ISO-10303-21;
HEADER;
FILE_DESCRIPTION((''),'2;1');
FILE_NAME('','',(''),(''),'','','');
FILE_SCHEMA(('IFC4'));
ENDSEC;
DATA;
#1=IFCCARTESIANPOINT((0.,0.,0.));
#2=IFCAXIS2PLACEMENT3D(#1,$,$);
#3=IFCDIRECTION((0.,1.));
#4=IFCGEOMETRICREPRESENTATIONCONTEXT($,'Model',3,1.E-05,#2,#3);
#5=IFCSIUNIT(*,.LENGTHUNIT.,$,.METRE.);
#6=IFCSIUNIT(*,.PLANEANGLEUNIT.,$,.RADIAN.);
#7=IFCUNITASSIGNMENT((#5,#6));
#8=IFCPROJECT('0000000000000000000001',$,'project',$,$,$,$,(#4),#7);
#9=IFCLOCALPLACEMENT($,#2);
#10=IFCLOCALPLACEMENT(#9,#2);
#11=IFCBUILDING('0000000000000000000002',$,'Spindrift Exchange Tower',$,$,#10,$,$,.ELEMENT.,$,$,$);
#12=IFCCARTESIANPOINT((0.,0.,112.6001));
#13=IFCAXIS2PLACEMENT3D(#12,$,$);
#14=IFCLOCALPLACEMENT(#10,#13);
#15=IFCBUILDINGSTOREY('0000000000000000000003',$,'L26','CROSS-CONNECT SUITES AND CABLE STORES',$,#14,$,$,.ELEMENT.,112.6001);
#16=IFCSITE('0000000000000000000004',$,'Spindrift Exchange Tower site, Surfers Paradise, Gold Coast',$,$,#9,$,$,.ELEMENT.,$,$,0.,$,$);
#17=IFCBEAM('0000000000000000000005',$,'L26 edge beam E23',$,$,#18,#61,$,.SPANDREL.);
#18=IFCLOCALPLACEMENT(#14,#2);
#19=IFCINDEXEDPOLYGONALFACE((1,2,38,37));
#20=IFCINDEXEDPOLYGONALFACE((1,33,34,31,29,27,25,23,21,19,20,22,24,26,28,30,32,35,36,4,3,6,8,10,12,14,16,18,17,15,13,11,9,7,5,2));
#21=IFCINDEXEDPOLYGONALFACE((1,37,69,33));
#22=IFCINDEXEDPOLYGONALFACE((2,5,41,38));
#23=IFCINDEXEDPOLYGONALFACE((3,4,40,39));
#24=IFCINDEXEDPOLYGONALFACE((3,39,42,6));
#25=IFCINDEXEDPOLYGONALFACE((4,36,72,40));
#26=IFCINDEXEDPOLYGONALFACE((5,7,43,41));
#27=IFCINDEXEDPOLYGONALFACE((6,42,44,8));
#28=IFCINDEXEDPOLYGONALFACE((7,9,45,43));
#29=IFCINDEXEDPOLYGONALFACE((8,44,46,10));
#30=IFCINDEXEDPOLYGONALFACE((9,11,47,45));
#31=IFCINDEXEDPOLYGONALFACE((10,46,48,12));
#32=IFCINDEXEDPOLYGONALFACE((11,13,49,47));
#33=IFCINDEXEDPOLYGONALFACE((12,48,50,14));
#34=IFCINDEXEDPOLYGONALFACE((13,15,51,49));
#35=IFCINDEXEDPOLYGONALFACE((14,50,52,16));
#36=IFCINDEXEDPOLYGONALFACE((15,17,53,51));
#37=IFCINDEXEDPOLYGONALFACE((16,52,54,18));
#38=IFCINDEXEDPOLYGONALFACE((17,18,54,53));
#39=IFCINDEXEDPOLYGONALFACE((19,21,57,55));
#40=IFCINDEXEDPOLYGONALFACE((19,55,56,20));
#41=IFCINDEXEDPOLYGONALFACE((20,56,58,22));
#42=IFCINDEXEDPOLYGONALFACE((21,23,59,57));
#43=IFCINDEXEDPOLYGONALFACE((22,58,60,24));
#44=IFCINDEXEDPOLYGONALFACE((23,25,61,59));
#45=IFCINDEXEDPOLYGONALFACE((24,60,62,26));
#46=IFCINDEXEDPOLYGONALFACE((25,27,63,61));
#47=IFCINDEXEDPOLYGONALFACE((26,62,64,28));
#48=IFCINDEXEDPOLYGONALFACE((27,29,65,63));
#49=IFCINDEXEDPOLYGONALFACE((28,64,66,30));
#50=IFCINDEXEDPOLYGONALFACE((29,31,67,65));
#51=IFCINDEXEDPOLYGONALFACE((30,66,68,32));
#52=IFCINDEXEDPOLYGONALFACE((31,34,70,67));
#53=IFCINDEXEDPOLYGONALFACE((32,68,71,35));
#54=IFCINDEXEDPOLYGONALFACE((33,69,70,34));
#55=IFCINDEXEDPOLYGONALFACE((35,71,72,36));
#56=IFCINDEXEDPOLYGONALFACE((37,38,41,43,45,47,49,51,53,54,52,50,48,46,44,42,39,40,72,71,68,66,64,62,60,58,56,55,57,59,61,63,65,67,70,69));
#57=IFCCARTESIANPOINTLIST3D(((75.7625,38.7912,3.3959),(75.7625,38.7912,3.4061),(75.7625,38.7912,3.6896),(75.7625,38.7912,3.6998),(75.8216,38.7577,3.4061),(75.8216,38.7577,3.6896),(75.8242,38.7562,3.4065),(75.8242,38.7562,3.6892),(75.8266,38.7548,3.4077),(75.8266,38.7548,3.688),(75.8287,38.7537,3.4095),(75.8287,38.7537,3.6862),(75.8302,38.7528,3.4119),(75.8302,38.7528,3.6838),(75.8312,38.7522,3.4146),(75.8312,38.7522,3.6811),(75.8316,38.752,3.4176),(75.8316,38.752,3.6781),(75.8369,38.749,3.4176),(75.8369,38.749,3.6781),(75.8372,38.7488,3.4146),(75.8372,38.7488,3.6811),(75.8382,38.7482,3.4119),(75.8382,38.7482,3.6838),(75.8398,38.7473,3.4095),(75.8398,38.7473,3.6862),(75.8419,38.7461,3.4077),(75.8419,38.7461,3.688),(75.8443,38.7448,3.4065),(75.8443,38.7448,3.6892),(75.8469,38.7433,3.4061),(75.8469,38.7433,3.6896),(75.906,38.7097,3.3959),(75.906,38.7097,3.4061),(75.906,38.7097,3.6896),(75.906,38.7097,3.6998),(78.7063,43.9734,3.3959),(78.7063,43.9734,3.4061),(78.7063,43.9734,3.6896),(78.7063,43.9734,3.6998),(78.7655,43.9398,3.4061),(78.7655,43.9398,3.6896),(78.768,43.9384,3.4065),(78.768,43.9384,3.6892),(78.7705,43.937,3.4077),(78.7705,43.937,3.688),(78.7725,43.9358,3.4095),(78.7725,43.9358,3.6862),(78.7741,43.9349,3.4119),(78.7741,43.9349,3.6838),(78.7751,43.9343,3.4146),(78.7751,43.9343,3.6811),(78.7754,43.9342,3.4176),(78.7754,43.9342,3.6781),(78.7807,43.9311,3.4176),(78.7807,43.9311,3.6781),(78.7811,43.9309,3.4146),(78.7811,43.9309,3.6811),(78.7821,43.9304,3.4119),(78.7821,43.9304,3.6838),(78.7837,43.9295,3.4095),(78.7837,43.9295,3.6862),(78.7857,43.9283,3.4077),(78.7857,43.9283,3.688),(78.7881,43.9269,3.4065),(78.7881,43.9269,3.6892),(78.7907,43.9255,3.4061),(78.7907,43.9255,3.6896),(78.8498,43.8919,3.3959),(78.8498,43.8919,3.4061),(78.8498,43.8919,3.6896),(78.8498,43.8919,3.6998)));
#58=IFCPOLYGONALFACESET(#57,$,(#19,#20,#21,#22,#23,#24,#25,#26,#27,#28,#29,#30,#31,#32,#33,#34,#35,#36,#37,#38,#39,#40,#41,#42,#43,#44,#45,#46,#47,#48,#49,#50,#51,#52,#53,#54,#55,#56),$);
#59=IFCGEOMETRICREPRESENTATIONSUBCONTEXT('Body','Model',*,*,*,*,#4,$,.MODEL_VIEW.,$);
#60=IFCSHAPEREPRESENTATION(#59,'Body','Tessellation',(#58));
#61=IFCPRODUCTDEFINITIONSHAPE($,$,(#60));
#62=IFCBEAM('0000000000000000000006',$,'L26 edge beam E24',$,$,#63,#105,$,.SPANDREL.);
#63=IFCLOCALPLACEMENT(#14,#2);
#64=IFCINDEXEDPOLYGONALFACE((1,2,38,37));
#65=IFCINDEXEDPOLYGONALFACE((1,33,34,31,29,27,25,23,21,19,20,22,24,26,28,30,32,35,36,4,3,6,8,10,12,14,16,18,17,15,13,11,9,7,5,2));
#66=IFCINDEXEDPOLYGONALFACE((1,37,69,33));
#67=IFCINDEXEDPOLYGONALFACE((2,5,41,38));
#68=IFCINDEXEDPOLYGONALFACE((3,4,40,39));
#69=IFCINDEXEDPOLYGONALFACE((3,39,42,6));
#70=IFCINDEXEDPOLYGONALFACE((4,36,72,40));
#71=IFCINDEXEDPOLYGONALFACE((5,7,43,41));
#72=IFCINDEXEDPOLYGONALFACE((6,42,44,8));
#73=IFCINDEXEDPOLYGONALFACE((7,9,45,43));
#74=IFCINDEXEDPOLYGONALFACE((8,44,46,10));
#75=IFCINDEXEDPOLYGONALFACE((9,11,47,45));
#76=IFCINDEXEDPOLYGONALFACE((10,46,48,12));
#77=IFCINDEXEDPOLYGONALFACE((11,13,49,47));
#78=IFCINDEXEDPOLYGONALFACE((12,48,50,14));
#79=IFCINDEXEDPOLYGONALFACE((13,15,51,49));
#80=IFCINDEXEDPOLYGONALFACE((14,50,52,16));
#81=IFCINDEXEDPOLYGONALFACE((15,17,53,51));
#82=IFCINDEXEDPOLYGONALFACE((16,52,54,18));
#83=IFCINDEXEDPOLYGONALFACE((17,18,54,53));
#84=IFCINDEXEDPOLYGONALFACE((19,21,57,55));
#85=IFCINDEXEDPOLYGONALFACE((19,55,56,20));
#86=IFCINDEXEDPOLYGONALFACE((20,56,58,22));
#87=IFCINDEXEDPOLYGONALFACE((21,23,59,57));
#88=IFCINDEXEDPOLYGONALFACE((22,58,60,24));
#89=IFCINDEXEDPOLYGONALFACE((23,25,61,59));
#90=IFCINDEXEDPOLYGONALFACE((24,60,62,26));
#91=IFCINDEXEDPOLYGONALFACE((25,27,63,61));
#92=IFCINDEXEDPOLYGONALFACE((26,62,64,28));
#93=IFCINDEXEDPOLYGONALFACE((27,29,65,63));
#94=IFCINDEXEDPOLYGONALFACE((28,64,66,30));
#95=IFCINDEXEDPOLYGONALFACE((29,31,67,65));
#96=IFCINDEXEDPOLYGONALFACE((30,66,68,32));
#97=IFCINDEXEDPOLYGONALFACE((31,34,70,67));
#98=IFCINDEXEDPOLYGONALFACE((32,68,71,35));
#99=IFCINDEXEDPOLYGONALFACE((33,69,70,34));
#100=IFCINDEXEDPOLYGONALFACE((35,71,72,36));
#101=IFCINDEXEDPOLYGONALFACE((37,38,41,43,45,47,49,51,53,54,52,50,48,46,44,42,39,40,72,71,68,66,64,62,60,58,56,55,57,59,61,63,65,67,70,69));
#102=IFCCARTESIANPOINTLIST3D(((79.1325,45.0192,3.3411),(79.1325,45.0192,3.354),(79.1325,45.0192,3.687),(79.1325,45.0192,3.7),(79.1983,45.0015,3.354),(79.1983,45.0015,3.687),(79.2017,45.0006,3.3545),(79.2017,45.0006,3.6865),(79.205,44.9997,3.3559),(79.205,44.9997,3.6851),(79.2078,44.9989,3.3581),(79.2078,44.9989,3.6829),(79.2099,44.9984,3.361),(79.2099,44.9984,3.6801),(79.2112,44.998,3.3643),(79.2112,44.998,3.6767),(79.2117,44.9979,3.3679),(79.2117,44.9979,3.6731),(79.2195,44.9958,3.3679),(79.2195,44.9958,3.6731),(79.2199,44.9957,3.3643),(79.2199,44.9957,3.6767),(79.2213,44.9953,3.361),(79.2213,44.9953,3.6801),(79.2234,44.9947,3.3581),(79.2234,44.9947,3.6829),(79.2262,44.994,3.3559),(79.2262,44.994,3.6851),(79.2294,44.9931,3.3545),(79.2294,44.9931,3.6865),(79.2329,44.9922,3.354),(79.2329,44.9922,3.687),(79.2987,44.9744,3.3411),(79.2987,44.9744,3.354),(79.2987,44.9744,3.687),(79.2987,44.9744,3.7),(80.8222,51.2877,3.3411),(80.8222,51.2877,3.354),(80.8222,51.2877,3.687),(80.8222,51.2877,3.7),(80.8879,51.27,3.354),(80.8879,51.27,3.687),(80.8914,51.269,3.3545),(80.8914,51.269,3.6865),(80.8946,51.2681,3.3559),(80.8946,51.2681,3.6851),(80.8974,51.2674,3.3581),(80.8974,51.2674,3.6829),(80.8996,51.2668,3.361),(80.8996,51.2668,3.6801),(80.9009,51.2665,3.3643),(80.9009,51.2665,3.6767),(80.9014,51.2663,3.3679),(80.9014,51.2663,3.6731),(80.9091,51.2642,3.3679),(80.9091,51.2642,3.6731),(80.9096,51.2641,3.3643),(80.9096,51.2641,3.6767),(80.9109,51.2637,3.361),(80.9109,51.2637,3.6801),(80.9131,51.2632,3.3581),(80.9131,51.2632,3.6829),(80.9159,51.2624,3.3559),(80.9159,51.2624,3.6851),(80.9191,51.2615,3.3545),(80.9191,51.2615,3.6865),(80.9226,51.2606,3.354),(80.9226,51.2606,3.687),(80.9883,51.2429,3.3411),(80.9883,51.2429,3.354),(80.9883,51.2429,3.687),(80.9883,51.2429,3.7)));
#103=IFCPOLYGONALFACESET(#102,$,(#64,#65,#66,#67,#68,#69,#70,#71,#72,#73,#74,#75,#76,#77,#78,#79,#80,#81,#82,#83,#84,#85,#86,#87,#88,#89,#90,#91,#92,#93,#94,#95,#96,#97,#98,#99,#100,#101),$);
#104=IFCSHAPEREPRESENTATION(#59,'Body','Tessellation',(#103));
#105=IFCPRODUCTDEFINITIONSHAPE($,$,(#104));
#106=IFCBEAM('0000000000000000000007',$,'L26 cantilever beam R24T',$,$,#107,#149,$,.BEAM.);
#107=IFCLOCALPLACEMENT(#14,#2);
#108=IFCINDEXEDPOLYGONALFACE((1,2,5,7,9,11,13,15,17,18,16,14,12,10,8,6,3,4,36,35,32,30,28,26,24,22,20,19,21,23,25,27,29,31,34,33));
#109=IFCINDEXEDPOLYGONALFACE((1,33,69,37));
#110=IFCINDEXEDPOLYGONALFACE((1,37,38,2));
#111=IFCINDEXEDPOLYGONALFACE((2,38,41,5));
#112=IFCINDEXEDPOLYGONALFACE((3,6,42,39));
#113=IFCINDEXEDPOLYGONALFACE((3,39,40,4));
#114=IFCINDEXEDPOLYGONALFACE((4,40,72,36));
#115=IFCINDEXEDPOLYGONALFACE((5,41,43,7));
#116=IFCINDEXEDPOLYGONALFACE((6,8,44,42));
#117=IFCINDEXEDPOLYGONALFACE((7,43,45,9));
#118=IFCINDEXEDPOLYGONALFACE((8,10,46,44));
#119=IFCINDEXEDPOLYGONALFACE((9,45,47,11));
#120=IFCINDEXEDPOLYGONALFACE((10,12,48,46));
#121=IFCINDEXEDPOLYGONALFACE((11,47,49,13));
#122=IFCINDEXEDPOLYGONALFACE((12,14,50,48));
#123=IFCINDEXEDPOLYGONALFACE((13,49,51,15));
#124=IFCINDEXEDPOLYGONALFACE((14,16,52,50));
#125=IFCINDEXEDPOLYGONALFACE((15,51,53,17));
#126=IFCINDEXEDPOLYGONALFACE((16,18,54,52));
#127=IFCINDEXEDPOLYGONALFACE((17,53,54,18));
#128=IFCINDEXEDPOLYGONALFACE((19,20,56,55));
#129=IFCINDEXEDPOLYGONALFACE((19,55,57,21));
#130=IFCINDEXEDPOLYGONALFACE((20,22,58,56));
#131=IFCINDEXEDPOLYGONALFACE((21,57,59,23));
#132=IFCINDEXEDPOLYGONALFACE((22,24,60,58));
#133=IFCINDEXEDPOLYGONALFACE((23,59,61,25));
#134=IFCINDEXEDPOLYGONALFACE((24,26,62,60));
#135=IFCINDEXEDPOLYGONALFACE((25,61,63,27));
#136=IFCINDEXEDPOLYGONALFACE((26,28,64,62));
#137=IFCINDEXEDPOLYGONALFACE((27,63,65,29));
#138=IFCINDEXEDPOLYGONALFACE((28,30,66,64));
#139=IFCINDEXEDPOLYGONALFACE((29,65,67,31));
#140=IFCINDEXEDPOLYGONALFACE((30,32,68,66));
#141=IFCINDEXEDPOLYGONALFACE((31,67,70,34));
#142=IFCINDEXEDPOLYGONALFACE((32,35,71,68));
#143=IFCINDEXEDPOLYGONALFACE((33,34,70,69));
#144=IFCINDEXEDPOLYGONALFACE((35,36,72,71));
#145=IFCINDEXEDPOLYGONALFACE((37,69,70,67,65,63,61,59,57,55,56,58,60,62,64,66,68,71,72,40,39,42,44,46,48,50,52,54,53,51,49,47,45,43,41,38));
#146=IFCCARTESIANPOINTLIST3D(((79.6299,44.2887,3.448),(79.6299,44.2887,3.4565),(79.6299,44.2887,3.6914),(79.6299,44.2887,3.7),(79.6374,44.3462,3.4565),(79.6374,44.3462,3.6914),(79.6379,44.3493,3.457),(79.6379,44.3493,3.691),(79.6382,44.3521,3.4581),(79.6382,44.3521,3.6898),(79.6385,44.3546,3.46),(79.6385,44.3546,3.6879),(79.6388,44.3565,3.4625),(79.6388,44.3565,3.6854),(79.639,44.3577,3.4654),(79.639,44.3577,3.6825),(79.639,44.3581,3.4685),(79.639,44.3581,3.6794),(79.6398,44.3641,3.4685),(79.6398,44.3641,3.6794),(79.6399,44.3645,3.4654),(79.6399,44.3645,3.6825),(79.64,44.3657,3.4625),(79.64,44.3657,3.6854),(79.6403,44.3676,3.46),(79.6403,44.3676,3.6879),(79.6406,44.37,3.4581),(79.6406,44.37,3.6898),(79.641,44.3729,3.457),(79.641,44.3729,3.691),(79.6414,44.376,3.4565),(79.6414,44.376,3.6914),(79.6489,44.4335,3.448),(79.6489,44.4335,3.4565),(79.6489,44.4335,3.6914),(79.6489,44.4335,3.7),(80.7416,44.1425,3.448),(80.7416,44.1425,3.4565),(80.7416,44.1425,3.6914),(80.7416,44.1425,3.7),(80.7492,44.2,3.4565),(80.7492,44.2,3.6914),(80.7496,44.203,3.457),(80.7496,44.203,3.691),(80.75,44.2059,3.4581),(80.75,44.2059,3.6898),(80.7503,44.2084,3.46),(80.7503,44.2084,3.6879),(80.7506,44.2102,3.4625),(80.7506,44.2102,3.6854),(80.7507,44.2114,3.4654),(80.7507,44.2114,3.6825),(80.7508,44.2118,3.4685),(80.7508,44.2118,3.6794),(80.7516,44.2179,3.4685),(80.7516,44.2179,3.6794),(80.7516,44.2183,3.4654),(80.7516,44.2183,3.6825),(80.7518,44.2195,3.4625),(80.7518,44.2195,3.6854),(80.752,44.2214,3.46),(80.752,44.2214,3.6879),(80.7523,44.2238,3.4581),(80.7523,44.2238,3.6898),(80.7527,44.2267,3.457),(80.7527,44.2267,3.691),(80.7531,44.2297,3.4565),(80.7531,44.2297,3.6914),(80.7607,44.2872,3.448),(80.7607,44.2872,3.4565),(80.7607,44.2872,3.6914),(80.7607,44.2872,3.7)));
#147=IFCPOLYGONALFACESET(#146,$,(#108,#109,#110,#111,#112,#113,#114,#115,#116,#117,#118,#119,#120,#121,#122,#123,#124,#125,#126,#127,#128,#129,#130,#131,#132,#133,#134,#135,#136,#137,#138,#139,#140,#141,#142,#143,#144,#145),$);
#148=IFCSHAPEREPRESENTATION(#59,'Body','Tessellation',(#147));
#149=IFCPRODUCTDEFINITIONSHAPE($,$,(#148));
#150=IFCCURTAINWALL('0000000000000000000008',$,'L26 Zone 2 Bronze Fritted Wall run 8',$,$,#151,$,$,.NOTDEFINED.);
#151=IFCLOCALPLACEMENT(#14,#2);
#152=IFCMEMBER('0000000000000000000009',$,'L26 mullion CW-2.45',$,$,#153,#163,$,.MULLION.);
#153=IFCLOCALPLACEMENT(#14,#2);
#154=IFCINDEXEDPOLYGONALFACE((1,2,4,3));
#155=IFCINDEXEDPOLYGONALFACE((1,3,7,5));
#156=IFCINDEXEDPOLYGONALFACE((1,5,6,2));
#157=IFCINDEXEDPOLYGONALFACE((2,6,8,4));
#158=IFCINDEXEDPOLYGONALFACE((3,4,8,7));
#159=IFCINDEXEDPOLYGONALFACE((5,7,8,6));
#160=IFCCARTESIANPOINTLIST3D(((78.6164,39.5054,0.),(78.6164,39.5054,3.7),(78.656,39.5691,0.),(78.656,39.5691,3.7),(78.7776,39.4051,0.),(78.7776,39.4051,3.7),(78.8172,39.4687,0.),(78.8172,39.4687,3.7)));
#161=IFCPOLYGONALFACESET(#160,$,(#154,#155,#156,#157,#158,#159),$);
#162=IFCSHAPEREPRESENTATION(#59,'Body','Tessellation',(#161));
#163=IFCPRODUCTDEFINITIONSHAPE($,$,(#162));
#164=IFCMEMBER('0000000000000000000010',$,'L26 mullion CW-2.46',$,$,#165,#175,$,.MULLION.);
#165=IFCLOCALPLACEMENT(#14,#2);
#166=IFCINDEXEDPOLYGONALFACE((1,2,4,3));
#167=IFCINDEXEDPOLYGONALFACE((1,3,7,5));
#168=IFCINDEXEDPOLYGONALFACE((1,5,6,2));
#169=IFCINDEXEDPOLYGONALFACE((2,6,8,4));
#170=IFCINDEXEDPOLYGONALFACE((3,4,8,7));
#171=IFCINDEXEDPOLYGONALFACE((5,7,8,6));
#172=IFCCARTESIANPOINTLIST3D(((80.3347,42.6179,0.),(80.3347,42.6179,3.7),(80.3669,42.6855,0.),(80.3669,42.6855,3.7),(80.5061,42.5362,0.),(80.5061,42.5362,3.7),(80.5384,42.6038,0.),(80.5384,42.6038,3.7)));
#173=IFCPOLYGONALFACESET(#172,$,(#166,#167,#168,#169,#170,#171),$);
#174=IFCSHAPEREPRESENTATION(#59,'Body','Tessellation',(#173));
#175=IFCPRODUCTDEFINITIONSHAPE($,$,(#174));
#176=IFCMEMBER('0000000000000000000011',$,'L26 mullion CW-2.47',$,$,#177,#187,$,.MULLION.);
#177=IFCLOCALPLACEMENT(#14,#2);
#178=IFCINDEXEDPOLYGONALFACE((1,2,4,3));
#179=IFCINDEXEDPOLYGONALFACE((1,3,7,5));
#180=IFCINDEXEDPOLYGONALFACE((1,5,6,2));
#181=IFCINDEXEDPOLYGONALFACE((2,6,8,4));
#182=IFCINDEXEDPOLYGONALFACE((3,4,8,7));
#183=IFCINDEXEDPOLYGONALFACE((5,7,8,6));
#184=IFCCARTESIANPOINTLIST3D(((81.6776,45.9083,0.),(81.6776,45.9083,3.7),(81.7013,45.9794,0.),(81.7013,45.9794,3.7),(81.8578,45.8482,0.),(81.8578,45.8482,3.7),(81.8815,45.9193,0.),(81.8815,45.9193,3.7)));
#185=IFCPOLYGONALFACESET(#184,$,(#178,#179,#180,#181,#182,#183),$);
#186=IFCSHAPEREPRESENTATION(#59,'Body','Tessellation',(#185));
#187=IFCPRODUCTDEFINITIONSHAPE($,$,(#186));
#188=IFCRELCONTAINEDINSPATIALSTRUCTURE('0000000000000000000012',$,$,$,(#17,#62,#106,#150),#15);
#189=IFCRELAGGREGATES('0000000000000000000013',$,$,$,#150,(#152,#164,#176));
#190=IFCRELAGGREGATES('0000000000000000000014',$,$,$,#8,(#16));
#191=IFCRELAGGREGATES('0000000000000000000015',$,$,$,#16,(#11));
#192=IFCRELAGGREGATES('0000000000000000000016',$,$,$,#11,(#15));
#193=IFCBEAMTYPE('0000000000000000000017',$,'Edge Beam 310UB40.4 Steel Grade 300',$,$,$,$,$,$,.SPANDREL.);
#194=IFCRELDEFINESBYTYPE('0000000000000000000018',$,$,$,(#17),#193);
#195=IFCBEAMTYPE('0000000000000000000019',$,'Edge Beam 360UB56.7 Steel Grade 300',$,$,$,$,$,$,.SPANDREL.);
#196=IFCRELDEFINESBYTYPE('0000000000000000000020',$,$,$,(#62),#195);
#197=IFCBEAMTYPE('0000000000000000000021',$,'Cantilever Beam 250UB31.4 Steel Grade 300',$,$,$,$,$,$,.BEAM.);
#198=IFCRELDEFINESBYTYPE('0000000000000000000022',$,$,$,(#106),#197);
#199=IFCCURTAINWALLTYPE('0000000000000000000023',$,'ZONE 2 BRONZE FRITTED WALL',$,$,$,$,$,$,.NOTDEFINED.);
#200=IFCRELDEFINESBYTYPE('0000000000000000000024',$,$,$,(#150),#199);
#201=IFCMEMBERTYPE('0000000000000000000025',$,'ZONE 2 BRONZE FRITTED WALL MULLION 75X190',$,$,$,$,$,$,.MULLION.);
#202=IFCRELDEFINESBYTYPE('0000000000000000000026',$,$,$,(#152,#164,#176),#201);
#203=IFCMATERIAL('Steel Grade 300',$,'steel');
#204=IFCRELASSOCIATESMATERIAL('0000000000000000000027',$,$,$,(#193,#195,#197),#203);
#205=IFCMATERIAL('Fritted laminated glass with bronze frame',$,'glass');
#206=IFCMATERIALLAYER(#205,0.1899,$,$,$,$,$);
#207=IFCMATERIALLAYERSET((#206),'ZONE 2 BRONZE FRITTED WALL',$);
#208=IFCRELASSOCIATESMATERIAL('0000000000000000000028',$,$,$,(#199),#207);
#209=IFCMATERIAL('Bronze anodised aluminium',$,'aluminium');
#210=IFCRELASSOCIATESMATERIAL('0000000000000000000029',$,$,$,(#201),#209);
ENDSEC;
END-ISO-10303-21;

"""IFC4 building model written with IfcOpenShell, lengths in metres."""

from ifc_helpers import new_model, si_unit, direction, frame, origin, origin_2d, place, context, subcontext, project, spatial, rectangle, i_section, extrude, source, transform, mapped, material, layer, layer_set, material_profile, profile_set, type_object, element, aggregate, save


model = new_model("IFC4")

# Units and contexts
model_context = context("Model", 3, precision=1e-05, world=origin(), true_north=direction((0.0, 1.0)))
body_context = subcontext(model_context, "Body", "Model", "MODEL_VIEW")
ifc_project = project(units=[si_unit("LENGTHUNIT", "METRE"), si_unit("PLANEANGLEUNIT", "RADIAN")], contexts=[model_context])

# Site, building, storey
site_placement = place(None, origin())
site = spatial("IfcSite", under=ifc_project, at=site_placement, Name="Spindrift Exchange Tower site, Surfers Paradise, Gold Coast", CompositionType="ELEMENT", RefElevation=0.0)
building_placement = place(site_placement, origin())
building = spatial("IfcBuilding", under=site, at=building_placement, Name="Spindrift Exchange Tower", CompositionType="ELEMENT")
storey_placement = place(building_placement, frame((0.0, 0.0, 112.6001)))
storey = spatial("IfcBuildingStorey", under=building, at=storey_placement, Name="L26", Description="CROSS-CONNECT SUITES AND CABLE STORES", CompositionType="ELEMENT", Elevation=112.6001)

# Beams
ifc_material_1 = material(Name="Steel Grade 300", Category="steel")
ifc_material_profile_1 = material_profile(ifc_material_1, i_section(OverallWidth=0.165, OverallDepth=0.304, WebThickness=0.0061, FlangeThickness=0.0103, FilletRadius=0.0115, at=origin_2d()), Name="310UB40.4")
ifc_profile_set_1 = profile_set([ifc_material_profile_1], Name="Steel Grade 300")
beam_type_1 = type_object("IfcBeamType", Name="Edge Beam 310UB40.4 Steel Grade 300", PredefinedType="SPANDREL", material=ifc_profile_set_1)
shared_shape_1 = source(origin(), body_context, "Body", "SweptSolid", [
    extrude(i_section(OverallWidth=0.165, OverallDepth=0.304, WebThickness=0.0061, FlangeThickness=0.0103, FilletRadius=0.0115, at=origin_2d()), origin(), (0.0, 0.0, 1.0), 5.96),
])
beam_1_placement = place(storey_placement, frame((75.8342, 38.7505, 3.5479), z_axis=(0.49394, 0.869496, 0.0), x_axis=(-0.869496, 0.49394, 0.0)))
element("IfcBeam", 1, at=beam_1_placement, inside=storey, type_object=beam_type_1, Name="L26 edge beam E23", PredefinedType="SPANDREL", context=body_context, shape_type="MappedRepresentation", body=[
    mapped(shared_shape_1, transform((0.0, 0.0, 0.0), scale=1.0)),
])
ifc_material_profile_2 = material_profile(ifc_material_1, i_section(OverallWidth=0.1721, OverallDepth=0.3589, WebThickness=0.0081, FlangeThickness=0.0129, FilletRadius=0.0139, at=origin_2d()), Name="360UB56.7")
ifc_profile_set_2 = profile_set([ifc_material_profile_2], Name="Steel Grade 300")
beam_type_2 = type_object("IfcBeamType", Name="Edge Beam 360UB56.7 Steel Grade 300", PredefinedType="SPANDREL", material=ifc_profile_set_2)
shared_shape_2 = source(origin(), body_context, "Body", "SweptSolid", [
    extrude(i_section(OverallWidth=0.1721, OverallDepth=0.3589, WebThickness=0.0081, FlangeThickness=0.0129, FilletRadius=0.0139, at=origin_2d()), origin(), (0.0, 0.0, 1.0), 6.4922),
])
beam_2_placement = place(storey_placement, frame((79.2156, 44.9968, 3.5205), z_axis=(0.260262, 0.965538, 0.0), x_axis=(-0.965538, 0.260262, 0.0)))
element("IfcBeam", 2, at=beam_2_placement, inside=storey, type_object=beam_type_2, Name="L26 edge beam E24", PredefinedType="SPANDREL", context=body_context, shape_type="MappedRepresentation", body=[
    mapped(shared_shape_2, transform((0.0, 0.0, 0.0), scale=1.0)),
])
ifc_material_profile_3 = material_profile(ifc_material_1, i_section(OverallWidth=0.146, OverallDepth=0.252, WebThickness=0.0061, FlangeThickness=0.0085, FilletRadius=0.012, at=origin_2d()), Name="250UB31.4")
ifc_profile_set_3 = profile_set([ifc_material_profile_3], Name="Steel Grade 300")
beam_type_3 = type_object("IfcBeamType", Name="Cantilever Beam 250UB31.4 Steel Grade 300", PredefinedType="BEAM", material=ifc_profile_set_3)
shared_shape_3 = source(origin(), body_context, "Body", "SweptSolid", [
    extrude(i_section(OverallWidth=0.146, OverallDepth=0.252, WebThickness=0.0061, FlangeThickness=0.0085, FilletRadius=0.012, at=origin_2d()), origin(), (0.0, 0.0, 1.0), 1.1213),
])
beam_3_placement = place(storey_placement, frame((79.6394, 44.3611, 3.574), z_axis=(0.99146, -0.130409, 0.0), x_axis=(0.130409, 0.99146, 0.0)))
element("IfcBeam", 3, at=beam_3_placement, inside=storey, type_object=beam_type_3, Name="L26 cantilever beam R24T", PredefinedType="BEAM", context=body_context, shape_type="MappedRepresentation", body=[
    mapped(shared_shape_3, transform((0.0, 0.0, 0.0), scale=1.0)),
])

# Curtain wall, members
ifc_material_2 = material(Name="Fritted laminated glass with bronze frame", Category="glass")
ifc_layer_1 = layer(ifc_material_2, 0.1899)
ifc_layer_set_1 = layer_set([ifc_layer_1], Name="ZONE 2 BRONZE FRITTED WALL")
curtain_wall_type = type_object("IfcCurtainWallType", Name="ZONE 2 BRONZE FRITTED WALL", PredefinedType="NOTDEFINED", material=ifc_layer_set_1)
curtain_wall_placement = place(storey_placement, origin())
curtain_wall = element("IfcCurtainWall", 4, at=curtain_wall_placement, inside=storey, type_object=curtain_wall_type, Name="L26 Zone 2 Bronze Fritted Wall run 8", PredefinedType="NOTDEFINED")
ifc_material_3 = material(Name="Bronze anodised aluminium", Category="aluminium")
ifc_material_profile_4 = material_profile(ifc_material_3, rectangle(XDim=0.075, YDim=0.1899, at=origin_2d()), Name="ZONE 2 BRONZE FRITTED WALL MULLION 75X190")
ifc_profile_set_4 = profile_set([ifc_material_profile_4], Name="Bronze anodised aluminium")
member_type_1 = type_object("IfcMemberType", Name="ZONE 2 BRONZE FRITTED WALL MULLION 75X190", PredefinedType="MULLION", material=ifc_profile_set_4)
shared_shape_4 = source(origin(), body_context, "Body", "SweptSolid", [
    extrude(rectangle(XDim=0.075, YDim=0.1899, at=origin_2d()), origin(), (0.0, 0.0, 1.0), 3.7),
])
member_1_placement = place(storey_placement, frame((78.7168, 39.4871, 0.0), z_axis=(0.0, 0.0, 1.0), x_axis=(0.528546, 0.848905, 0.0)))
member_1 = element("IfcMember", 5, at=member_1_placement, type_object=member_type_1, Name="L26 mullion CW-2.45", PredefinedType="MULLION", context=body_context, shape_type="MappedRepresentation", body=[
    mapped(shared_shape_4, transform((0.0, 0.0, 0.0), scale=1.0)),
])
member_2_placement = place(storey_placement, frame((80.4365, 42.6108, 0.0), z_axis=(0.0, 0.0, 1.0), x_axis=(0.430202, 0.902733, 0.0)))
member_2 = element("IfcMember", 6, at=member_2_placement, type_object=member_type_1, Name="L26 mullion CW-2.46", PredefinedType="MULLION", context=body_context, shape_type="MappedRepresentation", body=[
    mapped(shared_shape_4, transform((0.0, 0.0, 0.0), scale=1.0)),
])
member_3_placement = place(storey_placement, frame((81.7795, 45.9138, 0.0), z_axis=(0.0, 0.0, 1.0), x_axis=(0.316156, 0.948707, 0.0)))
member_3 = element("IfcMember", 7, at=member_3_placement, type_object=member_type_1, Name="L26 mullion CW-2.47", PredefinedType="MULLION", context=body_context, shape_type="MappedRepresentation", body=[
    mapped(shared_shape_4, transform((0.0, 0.0, 0.0), scale=1.0)),
])
aggregate(curtain_wall, [member_1, member_2, member_3])

save(model, "model.ifc")
